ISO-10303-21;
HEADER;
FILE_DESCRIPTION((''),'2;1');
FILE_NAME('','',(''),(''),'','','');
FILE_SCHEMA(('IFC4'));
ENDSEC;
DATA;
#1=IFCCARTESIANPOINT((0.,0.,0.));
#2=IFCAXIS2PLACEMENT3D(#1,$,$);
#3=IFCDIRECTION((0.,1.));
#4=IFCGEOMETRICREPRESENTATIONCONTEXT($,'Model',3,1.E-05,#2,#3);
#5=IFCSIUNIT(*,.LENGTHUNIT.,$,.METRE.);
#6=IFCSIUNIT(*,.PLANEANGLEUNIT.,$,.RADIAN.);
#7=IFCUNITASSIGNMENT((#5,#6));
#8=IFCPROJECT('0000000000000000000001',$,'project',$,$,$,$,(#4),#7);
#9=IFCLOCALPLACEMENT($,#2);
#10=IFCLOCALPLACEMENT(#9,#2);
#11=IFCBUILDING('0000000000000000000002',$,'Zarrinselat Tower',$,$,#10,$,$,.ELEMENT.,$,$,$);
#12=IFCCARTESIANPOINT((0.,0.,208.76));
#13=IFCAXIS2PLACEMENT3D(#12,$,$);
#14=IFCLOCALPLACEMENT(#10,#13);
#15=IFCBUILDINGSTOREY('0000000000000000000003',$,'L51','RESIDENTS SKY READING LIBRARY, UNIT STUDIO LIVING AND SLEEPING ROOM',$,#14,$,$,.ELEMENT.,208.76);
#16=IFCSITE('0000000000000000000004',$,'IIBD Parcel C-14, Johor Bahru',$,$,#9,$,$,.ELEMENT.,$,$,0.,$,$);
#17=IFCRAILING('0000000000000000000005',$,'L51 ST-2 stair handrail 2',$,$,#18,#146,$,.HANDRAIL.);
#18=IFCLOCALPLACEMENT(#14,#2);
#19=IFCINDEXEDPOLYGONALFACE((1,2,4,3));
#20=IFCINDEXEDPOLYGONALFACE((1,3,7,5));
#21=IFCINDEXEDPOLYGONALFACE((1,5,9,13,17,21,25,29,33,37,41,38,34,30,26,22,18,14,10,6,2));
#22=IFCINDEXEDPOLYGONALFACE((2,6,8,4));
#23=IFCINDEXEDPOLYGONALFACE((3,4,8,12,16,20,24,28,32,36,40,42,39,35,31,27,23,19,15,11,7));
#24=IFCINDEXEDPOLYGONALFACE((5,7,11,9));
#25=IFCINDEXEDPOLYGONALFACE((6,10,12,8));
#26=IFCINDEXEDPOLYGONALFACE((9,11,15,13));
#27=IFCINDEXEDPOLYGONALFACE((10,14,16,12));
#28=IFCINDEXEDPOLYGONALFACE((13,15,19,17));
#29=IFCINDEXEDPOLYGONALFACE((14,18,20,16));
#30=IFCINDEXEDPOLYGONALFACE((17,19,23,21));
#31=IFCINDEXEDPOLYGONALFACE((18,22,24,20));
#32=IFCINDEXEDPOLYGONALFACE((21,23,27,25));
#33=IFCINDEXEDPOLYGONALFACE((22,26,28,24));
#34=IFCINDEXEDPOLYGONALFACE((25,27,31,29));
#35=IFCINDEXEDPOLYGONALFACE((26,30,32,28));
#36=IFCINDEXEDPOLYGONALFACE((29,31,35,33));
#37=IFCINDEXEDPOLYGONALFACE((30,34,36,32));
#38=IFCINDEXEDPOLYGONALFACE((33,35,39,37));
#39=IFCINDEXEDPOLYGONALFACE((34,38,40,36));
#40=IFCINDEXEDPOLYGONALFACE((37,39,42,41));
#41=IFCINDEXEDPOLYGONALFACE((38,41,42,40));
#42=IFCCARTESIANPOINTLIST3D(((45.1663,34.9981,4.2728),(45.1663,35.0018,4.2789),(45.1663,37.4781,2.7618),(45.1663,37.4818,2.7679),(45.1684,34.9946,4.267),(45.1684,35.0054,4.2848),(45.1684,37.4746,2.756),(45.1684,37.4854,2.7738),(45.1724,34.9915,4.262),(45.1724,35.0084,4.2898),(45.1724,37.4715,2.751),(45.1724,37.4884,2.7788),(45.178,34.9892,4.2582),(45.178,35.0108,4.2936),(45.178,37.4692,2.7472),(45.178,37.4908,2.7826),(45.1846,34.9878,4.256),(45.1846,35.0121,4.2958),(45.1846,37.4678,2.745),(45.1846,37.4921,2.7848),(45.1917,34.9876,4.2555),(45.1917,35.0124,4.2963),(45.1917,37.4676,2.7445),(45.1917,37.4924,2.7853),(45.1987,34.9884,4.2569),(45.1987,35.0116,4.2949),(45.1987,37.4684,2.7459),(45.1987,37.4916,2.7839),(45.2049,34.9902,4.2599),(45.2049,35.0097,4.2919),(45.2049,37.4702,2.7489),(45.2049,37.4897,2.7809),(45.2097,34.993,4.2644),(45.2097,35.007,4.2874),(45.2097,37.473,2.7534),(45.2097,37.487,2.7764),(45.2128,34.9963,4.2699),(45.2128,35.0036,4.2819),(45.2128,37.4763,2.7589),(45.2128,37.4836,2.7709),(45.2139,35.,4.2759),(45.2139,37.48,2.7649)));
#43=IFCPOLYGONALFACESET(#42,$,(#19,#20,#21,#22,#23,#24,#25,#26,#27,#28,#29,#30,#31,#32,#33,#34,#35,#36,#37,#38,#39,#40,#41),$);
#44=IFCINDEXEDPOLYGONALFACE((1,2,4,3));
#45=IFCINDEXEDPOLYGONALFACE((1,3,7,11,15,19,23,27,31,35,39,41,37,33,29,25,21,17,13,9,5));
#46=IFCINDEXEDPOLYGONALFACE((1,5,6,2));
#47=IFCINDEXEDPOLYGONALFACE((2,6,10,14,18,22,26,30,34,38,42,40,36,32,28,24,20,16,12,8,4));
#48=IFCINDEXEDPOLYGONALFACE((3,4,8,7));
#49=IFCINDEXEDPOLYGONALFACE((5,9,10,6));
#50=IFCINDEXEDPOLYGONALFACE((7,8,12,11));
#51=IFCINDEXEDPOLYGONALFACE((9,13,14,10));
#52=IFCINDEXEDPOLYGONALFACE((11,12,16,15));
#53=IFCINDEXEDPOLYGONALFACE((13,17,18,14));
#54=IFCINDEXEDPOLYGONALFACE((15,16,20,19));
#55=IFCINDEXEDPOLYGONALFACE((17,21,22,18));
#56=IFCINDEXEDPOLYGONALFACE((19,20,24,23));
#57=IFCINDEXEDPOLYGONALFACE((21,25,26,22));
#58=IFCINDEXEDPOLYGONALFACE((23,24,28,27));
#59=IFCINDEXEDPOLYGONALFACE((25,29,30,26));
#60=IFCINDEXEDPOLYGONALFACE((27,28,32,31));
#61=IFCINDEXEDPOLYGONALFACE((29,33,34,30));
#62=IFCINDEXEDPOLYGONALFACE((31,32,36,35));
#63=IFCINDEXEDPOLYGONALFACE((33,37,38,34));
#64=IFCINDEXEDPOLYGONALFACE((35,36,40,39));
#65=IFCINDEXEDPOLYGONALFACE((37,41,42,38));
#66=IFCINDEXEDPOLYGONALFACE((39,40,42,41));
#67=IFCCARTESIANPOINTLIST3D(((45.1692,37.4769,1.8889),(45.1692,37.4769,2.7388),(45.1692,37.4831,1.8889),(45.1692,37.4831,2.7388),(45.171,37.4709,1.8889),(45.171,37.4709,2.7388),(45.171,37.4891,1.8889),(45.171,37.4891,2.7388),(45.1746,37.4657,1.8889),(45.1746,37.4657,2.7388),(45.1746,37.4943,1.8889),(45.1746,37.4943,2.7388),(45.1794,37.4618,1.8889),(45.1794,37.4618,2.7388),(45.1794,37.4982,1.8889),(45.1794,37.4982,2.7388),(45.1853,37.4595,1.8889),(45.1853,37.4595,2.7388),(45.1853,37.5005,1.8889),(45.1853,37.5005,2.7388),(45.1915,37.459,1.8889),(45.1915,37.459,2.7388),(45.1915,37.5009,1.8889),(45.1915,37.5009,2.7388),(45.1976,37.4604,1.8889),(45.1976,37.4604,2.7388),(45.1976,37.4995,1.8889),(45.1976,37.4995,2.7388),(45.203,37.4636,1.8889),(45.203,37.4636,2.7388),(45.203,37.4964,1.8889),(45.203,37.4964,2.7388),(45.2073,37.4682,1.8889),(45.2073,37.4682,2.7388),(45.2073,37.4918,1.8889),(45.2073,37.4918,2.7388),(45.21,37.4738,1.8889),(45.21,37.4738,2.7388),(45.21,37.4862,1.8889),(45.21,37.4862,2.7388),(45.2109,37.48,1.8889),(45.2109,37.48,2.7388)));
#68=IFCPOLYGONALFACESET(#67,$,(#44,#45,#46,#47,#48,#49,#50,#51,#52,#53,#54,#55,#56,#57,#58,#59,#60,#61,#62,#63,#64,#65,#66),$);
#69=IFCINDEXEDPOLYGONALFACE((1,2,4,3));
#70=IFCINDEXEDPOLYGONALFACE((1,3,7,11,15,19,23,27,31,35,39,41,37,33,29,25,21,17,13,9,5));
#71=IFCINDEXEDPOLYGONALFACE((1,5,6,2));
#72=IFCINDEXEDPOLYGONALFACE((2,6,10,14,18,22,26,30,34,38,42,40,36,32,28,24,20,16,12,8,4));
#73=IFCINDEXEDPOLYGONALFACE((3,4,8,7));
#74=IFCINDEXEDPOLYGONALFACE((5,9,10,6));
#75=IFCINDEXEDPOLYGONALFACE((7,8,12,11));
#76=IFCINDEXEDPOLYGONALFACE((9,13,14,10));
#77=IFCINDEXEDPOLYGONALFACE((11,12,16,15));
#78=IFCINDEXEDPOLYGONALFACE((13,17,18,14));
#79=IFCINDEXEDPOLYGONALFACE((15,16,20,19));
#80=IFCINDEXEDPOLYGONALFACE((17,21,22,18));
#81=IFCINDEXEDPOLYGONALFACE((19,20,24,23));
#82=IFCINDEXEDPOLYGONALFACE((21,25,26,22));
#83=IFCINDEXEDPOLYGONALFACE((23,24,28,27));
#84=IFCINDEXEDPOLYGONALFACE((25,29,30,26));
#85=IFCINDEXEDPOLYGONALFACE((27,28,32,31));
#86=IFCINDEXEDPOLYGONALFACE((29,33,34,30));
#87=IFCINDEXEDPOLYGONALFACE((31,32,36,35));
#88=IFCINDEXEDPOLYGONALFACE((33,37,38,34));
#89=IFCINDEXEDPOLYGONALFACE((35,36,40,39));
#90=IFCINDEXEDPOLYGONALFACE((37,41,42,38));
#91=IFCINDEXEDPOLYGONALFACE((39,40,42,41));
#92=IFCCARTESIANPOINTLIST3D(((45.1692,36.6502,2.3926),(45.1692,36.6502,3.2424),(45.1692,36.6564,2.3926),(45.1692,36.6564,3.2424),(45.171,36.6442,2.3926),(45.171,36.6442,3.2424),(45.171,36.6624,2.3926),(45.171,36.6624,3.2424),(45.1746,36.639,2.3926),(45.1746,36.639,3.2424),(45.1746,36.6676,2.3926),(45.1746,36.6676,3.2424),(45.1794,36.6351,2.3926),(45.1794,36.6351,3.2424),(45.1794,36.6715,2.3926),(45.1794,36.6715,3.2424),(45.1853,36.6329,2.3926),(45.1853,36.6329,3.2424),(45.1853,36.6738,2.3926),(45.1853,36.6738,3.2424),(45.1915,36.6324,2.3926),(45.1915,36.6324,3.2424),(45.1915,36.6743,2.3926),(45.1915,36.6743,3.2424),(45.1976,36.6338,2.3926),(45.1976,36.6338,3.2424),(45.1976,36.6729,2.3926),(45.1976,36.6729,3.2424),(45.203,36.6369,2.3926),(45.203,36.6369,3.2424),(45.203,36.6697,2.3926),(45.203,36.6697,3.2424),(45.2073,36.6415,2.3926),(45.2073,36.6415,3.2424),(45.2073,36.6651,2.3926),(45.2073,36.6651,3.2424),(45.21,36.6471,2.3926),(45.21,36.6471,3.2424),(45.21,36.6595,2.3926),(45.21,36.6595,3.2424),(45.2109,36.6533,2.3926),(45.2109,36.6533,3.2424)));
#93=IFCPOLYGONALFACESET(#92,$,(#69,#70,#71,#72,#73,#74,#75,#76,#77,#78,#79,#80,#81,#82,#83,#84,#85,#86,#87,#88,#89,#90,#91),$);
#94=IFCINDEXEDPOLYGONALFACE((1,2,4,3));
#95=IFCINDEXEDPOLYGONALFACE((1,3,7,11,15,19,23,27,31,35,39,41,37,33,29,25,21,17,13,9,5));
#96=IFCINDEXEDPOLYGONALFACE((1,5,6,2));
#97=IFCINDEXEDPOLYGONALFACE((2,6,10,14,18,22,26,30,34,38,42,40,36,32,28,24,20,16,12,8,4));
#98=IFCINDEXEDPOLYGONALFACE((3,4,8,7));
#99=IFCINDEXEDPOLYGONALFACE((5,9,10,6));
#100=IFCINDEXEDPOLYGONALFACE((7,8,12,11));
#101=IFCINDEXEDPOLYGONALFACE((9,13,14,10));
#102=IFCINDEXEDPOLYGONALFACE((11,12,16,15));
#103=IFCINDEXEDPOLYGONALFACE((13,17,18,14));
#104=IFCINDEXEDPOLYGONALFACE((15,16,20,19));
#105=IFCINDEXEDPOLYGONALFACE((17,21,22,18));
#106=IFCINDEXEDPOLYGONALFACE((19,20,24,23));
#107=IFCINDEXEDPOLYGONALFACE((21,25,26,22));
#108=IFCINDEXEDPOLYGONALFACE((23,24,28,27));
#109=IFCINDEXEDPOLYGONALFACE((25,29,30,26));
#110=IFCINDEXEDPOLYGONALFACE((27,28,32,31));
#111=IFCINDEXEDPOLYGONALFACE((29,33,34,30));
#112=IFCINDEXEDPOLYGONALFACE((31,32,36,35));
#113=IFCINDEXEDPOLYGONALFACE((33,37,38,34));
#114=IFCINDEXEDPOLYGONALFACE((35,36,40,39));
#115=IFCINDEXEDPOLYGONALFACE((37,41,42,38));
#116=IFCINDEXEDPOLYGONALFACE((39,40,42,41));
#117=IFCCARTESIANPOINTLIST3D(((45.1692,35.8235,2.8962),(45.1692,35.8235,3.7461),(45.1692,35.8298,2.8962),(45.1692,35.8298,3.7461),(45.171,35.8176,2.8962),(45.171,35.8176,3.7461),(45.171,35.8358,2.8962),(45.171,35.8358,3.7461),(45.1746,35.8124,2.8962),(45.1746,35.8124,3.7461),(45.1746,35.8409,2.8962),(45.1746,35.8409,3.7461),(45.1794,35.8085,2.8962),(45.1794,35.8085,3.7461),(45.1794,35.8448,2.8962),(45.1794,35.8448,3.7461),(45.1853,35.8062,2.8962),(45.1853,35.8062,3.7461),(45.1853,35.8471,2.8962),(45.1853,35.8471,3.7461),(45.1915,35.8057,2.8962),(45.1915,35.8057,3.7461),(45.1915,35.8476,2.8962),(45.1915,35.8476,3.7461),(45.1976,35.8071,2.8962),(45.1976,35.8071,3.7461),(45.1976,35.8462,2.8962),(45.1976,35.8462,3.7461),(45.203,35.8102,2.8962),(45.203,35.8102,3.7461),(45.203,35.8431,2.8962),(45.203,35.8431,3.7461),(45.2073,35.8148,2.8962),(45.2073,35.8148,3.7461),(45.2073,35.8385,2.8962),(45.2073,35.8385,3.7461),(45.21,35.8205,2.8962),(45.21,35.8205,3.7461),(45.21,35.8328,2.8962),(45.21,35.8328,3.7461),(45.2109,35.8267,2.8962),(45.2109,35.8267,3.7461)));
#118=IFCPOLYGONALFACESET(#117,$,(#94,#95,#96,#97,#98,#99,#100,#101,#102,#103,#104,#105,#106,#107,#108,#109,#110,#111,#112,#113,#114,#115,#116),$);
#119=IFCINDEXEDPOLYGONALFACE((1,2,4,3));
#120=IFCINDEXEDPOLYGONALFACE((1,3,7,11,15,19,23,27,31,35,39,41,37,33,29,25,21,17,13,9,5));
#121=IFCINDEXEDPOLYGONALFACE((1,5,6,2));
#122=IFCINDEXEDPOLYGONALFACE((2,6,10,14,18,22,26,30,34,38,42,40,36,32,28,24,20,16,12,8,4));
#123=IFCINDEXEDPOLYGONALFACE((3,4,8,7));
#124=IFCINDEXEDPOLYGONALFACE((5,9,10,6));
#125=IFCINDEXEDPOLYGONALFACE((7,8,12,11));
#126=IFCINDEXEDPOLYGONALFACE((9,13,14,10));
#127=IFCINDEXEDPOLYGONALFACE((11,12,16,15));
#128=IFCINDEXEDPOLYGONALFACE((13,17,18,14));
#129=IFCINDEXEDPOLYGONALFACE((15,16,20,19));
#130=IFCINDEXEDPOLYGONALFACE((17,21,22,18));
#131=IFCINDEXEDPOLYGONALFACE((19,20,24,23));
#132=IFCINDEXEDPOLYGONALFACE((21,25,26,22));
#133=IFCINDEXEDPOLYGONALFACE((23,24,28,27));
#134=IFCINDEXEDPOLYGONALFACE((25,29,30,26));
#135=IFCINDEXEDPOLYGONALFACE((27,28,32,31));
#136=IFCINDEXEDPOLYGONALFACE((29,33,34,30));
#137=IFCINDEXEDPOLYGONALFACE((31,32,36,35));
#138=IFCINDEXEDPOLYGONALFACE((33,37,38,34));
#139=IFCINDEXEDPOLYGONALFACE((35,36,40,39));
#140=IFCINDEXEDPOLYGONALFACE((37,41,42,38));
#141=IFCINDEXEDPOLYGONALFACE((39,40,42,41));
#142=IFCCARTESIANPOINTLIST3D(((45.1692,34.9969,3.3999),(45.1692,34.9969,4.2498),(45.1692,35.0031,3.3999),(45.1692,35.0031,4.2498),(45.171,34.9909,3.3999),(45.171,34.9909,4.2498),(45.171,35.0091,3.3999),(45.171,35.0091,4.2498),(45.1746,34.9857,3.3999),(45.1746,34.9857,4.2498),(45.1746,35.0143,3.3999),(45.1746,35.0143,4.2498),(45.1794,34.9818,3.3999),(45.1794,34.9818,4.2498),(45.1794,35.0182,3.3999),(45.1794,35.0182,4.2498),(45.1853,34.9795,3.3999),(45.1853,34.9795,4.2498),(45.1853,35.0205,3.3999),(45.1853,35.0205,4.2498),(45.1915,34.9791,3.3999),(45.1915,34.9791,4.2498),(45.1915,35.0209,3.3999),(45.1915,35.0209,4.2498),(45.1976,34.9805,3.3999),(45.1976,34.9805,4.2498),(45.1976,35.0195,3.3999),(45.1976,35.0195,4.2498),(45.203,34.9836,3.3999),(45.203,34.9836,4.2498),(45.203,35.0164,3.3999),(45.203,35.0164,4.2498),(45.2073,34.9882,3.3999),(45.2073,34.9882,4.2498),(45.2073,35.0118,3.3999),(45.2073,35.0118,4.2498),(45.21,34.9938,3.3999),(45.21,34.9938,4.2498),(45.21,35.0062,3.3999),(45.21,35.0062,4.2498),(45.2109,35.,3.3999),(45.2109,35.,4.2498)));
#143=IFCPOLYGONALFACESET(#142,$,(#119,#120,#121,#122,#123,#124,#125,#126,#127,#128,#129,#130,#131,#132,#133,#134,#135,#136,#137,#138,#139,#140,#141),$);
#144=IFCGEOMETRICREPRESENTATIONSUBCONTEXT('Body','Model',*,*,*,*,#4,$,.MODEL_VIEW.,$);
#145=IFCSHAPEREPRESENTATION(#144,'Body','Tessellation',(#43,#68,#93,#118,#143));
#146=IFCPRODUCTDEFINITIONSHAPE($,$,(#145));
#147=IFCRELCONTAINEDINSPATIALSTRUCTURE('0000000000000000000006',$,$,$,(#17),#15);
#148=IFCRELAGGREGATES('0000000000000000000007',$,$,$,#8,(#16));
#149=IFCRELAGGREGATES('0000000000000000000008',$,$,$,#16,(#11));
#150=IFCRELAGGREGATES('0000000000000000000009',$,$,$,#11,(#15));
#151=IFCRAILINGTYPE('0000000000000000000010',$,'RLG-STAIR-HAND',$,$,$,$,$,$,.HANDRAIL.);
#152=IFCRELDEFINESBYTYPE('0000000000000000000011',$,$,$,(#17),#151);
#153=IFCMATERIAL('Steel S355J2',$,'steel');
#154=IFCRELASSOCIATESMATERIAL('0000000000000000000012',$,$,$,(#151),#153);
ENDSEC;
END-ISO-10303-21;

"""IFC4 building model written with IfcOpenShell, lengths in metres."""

from ifc_helpers import new_model, si_unit, direction, frame, origin, origin_2d, place, context, subcontext, project, spatial, circle, extrude, material, type_object, element, save


model = new_model("IFC4")

# Units and contexts
model_context = context("Model", 3, precision=1e-05, world=origin(), true_north=direction((0.0, 1.0)))
body_context = subcontext(model_context, "Body", "Model", "MODEL_VIEW")
ifc_project = project(units=[si_unit("LENGTHUNIT", "METRE"), si_unit("PLANEANGLEUNIT", "RADIAN")], contexts=[model_context])

# Site, building, storey
site_placement = place(None, origin())
site = spatial("IfcSite", under=ifc_project, at=site_placement, Name="IIBD Parcel C-14, Johor Bahru", CompositionType="ELEMENT", RefElevation=0.0)
building_placement = place(site_placement, origin())
building = spatial("IfcBuilding", under=site, at=building_placement, Name="Zarrinselat Tower", CompositionType="ELEMENT")
storey_placement = place(building_placement, frame((0.0, 0.0, 208.76)))
storey = spatial("IfcBuildingStorey", under=building, at=storey_placement, Name="L51", Description="RESIDENTS SKY READING LIBRARY, UNIT STUDIO LIVING AND SLEEPING ROOM", CompositionType="ELEMENT", Elevation=208.76)

# Railing
ifc_material_1 = material(Name="Steel S355J2", Category="steel")
railing_type = type_object("IfcRailingType", Name="RLG-STAIR-HAND", PredefinedType="HANDRAIL", material=ifc_material_1)
railing_placement = place(storey_placement, frame((45.1899, 37.48, 1.8889)))
element("IfcRailing", 1, at=railing_placement, inside=storey, type_object=railing_type, Name="L51 ST-2 stair handrail 2", PredefinedType="HANDRAIL", context=body_context, shape_type="SweptSolid", body=[
    extrude(circle(Radius=0.0239, at=origin_2d()), frame((0.0, 0.0, 0.876), z_axis=(0.0, -0.853979, 0.520307), x_axis=(1.0, 0.0, 0.0)), (0.0, 0.0, 1.0), 2.9041),
    extrude(circle(Radius=0.021, at=origin_2d()), origin(), (0.0, 0.0, 1.0), 0.8499),
    extrude(circle(Radius=0.021, at=origin_2d()), frame((0.0, -0.8267, 0.5037)), (0.0, 0.0, 1.0), 0.8499),
    extrude(circle(Radius=0.021, at=origin_2d()), frame((0.0, -1.6533, 1.0073)), (0.0, 0.0, 1.0), 0.8499),
    extrude(circle(Radius=0.021, at=origin_2d()), frame((0.0, -2.48, 1.511)), (0.0, 0.0, 1.0), 0.8499),
])

save(model, "model.ifc")
